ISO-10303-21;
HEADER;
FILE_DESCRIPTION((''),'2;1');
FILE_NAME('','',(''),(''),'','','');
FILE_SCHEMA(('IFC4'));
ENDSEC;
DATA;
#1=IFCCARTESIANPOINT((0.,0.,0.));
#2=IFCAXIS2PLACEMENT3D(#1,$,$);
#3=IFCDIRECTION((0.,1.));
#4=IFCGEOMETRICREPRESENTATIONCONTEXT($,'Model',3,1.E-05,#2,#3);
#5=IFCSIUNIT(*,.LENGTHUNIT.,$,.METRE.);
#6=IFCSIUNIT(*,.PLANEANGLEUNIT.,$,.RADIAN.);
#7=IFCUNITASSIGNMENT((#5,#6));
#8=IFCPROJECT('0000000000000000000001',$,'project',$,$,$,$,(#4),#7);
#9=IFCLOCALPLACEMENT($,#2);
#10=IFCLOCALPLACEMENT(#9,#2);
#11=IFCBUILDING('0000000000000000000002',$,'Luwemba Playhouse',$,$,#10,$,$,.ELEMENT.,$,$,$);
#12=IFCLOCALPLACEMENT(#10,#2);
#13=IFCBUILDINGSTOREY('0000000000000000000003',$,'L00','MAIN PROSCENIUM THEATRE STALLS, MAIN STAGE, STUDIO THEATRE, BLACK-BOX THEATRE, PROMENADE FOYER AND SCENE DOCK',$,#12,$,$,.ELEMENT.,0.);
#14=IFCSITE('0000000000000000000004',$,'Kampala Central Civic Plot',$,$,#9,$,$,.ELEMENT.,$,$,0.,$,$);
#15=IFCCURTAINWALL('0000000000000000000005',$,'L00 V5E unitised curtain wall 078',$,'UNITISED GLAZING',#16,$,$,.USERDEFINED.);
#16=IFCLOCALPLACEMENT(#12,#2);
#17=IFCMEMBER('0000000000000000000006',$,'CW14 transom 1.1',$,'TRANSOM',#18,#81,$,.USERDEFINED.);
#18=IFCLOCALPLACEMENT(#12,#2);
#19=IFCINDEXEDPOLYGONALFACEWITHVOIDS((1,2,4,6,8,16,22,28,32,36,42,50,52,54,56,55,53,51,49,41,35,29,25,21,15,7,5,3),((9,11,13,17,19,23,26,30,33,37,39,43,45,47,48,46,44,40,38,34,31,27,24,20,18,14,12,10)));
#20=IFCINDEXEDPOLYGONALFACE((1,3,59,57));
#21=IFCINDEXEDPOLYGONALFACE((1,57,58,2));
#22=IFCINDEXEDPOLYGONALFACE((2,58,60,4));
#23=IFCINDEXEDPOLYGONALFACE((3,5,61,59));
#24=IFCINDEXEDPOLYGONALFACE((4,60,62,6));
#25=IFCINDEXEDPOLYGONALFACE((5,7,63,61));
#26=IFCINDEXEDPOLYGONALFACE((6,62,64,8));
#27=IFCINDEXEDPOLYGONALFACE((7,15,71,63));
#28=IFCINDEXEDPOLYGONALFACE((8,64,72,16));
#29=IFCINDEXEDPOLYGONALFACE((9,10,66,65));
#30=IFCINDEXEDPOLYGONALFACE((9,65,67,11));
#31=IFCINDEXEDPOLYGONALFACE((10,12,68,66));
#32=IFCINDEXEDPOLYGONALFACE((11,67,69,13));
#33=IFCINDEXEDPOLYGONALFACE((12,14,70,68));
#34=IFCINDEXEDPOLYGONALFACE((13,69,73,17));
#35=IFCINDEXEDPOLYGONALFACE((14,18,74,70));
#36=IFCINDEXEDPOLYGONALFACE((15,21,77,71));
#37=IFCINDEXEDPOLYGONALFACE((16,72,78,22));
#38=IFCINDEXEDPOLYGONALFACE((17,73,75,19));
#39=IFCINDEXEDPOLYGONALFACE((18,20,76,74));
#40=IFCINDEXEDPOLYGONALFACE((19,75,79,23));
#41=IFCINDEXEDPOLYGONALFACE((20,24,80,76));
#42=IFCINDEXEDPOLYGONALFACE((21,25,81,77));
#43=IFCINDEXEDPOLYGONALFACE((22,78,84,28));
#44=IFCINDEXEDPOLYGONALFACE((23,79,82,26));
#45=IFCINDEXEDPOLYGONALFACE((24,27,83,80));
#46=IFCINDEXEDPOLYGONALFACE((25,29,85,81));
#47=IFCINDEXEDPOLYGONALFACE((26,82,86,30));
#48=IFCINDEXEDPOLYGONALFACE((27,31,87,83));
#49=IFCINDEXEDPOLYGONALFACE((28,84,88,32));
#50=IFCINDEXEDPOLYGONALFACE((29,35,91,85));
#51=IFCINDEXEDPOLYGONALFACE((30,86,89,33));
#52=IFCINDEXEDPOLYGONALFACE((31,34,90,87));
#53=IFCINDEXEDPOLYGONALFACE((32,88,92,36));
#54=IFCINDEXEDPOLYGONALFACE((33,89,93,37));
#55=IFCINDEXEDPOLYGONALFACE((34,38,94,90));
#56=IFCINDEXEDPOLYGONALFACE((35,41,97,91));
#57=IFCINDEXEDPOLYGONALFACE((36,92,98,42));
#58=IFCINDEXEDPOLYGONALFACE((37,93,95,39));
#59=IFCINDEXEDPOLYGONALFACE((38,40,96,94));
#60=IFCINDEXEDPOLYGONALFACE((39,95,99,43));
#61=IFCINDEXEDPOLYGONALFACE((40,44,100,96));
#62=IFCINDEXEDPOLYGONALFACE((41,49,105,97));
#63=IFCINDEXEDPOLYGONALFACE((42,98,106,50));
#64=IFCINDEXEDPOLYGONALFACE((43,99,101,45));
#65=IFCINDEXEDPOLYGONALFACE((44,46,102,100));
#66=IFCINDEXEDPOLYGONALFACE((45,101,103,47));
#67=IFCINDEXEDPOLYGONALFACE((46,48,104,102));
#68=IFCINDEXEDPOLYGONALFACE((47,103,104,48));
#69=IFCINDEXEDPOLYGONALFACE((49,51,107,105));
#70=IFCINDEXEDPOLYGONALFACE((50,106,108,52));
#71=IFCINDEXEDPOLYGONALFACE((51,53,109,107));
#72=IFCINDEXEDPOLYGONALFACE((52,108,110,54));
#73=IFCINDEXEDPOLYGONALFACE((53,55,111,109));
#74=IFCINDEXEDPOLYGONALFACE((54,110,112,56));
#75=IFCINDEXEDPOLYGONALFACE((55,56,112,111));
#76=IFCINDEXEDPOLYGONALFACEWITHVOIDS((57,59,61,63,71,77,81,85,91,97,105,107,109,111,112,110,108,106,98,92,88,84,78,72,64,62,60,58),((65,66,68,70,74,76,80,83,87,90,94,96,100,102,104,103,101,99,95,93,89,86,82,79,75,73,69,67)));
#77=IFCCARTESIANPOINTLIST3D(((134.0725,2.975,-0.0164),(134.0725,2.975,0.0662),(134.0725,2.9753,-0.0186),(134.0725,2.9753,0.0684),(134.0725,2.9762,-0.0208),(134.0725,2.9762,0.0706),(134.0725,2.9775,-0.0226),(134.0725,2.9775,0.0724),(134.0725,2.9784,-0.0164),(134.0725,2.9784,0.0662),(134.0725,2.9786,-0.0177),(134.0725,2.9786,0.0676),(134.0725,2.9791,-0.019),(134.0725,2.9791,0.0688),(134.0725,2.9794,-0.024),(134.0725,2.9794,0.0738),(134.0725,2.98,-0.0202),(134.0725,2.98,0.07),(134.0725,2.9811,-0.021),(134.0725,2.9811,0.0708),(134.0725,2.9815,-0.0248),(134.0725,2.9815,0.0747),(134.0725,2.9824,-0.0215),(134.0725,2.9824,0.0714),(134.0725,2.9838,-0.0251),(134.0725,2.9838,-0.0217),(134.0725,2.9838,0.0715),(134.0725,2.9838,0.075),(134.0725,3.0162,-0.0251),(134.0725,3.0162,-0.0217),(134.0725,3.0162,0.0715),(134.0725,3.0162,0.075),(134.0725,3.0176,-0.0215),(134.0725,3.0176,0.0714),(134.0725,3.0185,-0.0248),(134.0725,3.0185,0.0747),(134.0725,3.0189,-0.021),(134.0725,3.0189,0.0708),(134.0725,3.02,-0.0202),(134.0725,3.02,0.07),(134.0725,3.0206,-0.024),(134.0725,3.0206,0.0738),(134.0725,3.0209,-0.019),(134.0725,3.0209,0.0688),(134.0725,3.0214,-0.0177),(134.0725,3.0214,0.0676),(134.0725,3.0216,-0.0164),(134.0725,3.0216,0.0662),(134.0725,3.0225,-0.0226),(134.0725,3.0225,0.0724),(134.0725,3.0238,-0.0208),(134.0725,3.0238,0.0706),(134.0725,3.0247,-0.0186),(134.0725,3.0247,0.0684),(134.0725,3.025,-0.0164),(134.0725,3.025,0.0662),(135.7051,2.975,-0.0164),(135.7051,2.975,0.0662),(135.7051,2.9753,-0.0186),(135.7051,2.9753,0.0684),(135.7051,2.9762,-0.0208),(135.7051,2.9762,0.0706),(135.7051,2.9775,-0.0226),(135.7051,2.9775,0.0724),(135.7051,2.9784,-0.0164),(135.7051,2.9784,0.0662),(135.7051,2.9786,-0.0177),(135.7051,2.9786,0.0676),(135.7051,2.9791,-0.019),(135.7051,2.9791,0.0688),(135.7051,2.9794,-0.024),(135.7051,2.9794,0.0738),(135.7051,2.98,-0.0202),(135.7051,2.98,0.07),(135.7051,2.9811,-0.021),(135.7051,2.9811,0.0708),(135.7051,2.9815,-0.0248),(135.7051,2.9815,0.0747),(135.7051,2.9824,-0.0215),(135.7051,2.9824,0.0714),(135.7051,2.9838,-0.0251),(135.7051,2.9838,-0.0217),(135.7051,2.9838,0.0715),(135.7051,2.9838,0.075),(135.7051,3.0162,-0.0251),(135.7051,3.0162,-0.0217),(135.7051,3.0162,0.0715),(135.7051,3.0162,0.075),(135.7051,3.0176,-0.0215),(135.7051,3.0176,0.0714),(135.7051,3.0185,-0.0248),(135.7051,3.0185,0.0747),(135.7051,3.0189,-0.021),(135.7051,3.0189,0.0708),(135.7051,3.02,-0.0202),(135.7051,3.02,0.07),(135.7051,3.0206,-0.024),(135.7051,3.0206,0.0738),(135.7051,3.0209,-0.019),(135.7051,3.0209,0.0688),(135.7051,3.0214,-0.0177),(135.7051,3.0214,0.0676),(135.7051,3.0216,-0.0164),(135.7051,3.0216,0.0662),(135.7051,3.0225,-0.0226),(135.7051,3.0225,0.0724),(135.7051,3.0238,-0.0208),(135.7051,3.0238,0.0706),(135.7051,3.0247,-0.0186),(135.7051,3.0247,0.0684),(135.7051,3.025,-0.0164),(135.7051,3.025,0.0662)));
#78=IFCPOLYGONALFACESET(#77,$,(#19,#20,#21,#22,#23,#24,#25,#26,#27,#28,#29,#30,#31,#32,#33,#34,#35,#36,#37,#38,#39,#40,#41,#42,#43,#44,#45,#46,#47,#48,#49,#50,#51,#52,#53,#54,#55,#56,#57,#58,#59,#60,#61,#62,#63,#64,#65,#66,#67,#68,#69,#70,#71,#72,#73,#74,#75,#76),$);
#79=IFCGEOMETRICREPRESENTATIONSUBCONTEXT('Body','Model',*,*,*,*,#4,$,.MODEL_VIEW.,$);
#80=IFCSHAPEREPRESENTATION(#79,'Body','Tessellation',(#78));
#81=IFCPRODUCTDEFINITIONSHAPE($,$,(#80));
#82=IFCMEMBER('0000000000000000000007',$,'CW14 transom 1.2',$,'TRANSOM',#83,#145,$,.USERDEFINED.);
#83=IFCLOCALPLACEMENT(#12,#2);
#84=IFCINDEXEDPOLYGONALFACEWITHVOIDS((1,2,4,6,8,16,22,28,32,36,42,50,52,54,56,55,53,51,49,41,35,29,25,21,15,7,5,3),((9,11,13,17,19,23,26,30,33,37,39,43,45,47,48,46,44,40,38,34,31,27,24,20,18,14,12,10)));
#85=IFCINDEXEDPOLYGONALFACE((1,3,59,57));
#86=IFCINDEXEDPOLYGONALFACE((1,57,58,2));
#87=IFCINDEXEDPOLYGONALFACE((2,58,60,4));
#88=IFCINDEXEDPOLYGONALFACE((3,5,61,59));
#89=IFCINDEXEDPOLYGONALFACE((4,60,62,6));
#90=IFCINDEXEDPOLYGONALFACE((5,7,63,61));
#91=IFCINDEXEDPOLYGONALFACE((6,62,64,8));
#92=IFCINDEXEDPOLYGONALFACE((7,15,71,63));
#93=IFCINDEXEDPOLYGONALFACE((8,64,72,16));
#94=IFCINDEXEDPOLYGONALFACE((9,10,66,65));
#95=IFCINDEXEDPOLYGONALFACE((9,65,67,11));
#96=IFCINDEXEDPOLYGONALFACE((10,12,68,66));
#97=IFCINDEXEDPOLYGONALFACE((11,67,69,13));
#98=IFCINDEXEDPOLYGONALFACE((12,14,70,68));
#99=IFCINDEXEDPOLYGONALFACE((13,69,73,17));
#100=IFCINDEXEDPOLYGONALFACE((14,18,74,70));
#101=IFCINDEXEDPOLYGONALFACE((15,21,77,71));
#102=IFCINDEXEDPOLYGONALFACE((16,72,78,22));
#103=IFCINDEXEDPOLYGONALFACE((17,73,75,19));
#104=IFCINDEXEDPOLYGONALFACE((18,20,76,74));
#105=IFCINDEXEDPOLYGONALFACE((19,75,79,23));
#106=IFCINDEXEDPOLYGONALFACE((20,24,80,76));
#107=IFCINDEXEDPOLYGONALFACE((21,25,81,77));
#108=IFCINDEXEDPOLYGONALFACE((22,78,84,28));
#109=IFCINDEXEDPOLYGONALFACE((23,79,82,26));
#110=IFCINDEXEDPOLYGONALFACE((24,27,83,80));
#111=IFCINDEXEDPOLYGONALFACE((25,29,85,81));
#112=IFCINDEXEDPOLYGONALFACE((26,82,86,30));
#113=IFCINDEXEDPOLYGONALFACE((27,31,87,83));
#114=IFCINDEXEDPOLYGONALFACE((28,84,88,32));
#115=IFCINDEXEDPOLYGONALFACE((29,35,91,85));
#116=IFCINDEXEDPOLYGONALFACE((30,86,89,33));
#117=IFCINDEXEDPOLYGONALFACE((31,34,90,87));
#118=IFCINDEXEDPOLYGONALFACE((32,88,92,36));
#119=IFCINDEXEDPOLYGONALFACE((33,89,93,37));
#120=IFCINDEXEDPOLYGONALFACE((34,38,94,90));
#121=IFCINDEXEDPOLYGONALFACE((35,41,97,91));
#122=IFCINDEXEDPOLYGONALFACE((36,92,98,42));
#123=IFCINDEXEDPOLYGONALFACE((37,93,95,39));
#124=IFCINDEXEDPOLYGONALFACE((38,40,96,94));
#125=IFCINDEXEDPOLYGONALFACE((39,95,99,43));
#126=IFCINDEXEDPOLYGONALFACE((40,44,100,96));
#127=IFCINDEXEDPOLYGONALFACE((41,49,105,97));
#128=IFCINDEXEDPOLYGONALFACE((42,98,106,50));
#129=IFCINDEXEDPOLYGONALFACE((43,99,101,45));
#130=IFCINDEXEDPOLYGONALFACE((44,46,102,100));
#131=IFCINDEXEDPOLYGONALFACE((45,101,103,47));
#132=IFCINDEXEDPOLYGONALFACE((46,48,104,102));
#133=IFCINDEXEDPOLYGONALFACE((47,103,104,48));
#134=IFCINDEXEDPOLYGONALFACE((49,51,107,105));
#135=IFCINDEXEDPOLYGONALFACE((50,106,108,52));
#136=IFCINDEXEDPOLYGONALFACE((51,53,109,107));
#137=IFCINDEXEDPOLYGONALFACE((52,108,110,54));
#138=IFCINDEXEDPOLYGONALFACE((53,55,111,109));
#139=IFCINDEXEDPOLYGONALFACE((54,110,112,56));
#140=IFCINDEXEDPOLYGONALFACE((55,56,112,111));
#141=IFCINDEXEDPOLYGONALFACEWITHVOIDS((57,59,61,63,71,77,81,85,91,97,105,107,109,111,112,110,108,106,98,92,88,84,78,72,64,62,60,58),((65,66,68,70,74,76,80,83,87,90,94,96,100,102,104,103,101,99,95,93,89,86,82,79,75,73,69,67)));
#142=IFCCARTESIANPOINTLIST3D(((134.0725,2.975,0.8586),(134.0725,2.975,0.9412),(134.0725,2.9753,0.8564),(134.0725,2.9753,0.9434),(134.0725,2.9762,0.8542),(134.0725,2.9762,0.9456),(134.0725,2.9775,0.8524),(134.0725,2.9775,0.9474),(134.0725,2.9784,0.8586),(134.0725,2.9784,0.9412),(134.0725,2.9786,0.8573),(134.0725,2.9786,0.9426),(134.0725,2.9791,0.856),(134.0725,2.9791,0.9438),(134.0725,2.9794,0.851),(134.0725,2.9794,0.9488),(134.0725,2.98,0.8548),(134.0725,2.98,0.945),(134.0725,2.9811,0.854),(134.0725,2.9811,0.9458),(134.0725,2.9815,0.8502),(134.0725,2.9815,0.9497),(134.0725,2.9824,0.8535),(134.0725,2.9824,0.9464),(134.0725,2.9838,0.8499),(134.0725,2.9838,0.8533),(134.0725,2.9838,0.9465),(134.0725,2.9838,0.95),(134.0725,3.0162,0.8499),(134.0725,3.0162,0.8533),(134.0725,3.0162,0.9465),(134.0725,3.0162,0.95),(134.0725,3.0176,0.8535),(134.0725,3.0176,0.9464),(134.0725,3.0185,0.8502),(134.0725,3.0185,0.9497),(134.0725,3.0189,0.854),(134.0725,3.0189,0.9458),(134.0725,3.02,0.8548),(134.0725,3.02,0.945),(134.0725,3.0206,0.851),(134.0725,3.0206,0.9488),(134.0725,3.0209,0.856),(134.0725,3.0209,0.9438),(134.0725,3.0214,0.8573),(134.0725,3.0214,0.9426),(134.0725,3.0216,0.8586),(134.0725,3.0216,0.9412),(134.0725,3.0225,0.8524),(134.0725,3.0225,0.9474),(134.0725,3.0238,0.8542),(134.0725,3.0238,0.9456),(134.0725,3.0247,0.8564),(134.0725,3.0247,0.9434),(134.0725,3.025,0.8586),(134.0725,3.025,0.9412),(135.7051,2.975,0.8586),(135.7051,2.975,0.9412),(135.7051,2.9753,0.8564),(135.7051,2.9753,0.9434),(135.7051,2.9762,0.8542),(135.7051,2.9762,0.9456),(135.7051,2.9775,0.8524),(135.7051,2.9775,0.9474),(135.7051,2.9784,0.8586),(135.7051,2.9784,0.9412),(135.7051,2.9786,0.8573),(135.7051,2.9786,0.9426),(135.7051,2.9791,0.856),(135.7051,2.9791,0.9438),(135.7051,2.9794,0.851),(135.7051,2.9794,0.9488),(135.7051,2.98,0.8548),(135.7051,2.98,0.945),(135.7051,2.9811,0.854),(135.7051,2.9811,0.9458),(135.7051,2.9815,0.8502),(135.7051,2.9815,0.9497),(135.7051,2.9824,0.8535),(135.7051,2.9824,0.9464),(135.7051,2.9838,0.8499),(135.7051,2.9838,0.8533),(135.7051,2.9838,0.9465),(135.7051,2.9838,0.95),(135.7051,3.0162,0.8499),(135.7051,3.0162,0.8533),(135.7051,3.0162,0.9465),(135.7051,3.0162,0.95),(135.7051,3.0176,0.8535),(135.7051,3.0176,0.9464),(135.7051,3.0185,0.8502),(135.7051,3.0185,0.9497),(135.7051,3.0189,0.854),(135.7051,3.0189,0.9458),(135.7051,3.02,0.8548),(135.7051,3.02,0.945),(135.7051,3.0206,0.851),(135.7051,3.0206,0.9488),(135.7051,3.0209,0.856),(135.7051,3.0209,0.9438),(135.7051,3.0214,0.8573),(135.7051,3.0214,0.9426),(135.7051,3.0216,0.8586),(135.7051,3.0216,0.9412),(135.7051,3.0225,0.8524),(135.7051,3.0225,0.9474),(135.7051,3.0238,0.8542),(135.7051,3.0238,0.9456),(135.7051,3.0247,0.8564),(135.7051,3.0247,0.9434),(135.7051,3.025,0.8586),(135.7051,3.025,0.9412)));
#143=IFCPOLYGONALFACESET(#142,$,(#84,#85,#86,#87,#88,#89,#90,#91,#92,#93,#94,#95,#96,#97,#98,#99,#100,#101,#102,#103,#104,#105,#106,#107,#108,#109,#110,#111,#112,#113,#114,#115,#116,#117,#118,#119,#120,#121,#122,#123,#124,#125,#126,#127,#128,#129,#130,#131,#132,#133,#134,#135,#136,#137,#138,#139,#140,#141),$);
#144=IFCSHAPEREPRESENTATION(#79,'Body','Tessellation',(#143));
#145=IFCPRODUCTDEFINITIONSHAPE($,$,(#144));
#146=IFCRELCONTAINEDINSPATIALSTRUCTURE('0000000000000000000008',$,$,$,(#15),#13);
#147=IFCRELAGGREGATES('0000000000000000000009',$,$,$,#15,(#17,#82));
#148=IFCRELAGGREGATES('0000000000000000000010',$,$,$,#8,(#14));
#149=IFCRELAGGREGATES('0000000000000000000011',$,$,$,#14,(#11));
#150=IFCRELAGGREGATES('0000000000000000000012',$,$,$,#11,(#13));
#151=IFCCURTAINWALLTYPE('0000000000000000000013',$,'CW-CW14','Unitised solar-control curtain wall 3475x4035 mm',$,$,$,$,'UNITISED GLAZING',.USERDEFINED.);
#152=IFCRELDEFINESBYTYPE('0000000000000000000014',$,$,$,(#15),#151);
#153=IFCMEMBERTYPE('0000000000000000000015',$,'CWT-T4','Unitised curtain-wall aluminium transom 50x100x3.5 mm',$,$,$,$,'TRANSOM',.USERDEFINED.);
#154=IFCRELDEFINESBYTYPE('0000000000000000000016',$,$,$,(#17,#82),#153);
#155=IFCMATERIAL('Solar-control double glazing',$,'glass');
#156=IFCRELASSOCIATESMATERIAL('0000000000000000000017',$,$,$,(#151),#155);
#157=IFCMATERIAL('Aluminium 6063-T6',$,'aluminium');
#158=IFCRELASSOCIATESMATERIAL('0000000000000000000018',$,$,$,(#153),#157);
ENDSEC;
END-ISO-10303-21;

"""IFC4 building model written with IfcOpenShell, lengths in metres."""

from ifc_helpers import new_model, si_unit, direction, frame, origin, origin_2d, place, context, subcontext, project, spatial, hollow_rectangle, extrude, material, material_profile, profile_set, type_object, element, aggregate, save


model = new_model("IFC4")

# Units and contexts
model_context = context("Model", 3, precision=1e-05, world=origin(), true_north=direction((0.0, 1.0)))
body_context = subcontext(model_context, "Body", "Model", "MODEL_VIEW")
ifc_project = project(units=[si_unit("LENGTHUNIT", "METRE"), si_unit("PLANEANGLEUNIT", "RADIAN")], contexts=[model_context])

# Site, building, storey
site_placement = place(None, origin())
site = spatial("IfcSite", under=ifc_project, at=site_placement, Name="Kampala Central Civic Plot", CompositionType="ELEMENT", RefElevation=0.0)
building_placement = place(site_placement, origin())
building = spatial("IfcBuilding", under=site, at=building_placement, Name="Luwemba Playhouse", CompositionType="ELEMENT")
storey_placement = place(building_placement, origin())
storey = spatial("IfcBuildingStorey", under=building, at=storey_placement, Name="L00", Description="MAIN PROSCENIUM THEATRE STALLS, MAIN STAGE, STUDIO THEATRE, BLACK-BOX THEATRE, PROMENADE FOYER AND SCENE DOCK", CompositionType="ELEMENT", Elevation=0.0)

# Shared definitions
ifc_material_1 = material(Name="Solar-control double glazing", Category="glass")
ifc_material_2 = material(Name="Aluminium 6063-T6", Category="aluminium")

# Curtain wall, members
curtain_wall_type_1 = type_object("IfcCurtainWallType", Name="CW-CW14", Description="Unitised solar-control curtain wall 3475x4035 mm", ElementType="UNITISED GLAZING", PredefinedType="USERDEFINED", material=ifc_material_1)
curtain_wall_1_placement = place(storey_placement, origin())
curtain_wall_1 = element("IfcCurtainWall", 1, at=curtain_wall_1_placement, inside=storey, type_object=curtain_wall_type_1, Name="L00 V5E unitised curtain wall 078", ObjectType="UNITISED GLAZING", PredefinedType="USERDEFINED")
ifc_material_profile_1 = material_profile(ifc_material_2, hollow_rectangle(XDim=0.05, YDim=0.1001, WallThickness=0.0034, InnerFilletRadius=0.0054, OuterFilletRadius=0.0088, at=origin_2d()))
ifc_profile_set_1 = profile_set([ifc_material_profile_1], Name="Aluminium 6063-T6")
member_type_1 = type_object("IfcMemberType", Name="CWT-T4", Description="Unitised curtain-wall aluminium transom 50x100x3.5 mm", ElementType="TRANSOM", PredefinedType="USERDEFINED", material=ifc_profile_set_1)
member_1_placement = place(storey_placement, frame((135.7051, 3.0, 0.0249), z_axis=(-1.0, 0.0, 0.0), x_axis=(0.0, -1.0, 0.0)))
member_1 = element("IfcMember", 2, at=member_1_placement, type_object=member_type_1, Name="CW14 transom 1.1", ObjectType="TRANSOM", PredefinedType="USERDEFINED", context=body_context, shape_type="SweptSolid", body=[
    extrude(hollow_rectangle(XDim=0.05, YDim=0.1001, WallThickness=0.0034, InnerFilletRadius=0.0054, OuterFilletRadius=0.0088, at=origin_2d()), origin(), (0.0, 0.0, 1.0), 1.6326),
])
member_2_placement = place(storey_placement, frame((135.7051, 3.0, 0.8999), z_axis=(-1.0, 0.0, 0.0), x_axis=(0.0, -1.0, 0.0)))
member_2 = element("IfcMember", 3, at=member_2_placement, type_object=member_type_1, Name="CW14 transom 1.2", ObjectType="TRANSOM", PredefinedType="USERDEFINED", context=body_context, shape_type="SweptSolid", body=[
    extrude(hollow_rectangle(XDim=0.05, YDim=0.1001, WallThickness=0.0034, InnerFilletRadius=0.0054, OuterFilletRadius=0.0088, at=origin_2d()), origin(), (0.0, 0.0, 1.0), 1.6326),
])

aggregate(curtain_wall_1, [member_1, member_2])

save(model, "model.ifc")
